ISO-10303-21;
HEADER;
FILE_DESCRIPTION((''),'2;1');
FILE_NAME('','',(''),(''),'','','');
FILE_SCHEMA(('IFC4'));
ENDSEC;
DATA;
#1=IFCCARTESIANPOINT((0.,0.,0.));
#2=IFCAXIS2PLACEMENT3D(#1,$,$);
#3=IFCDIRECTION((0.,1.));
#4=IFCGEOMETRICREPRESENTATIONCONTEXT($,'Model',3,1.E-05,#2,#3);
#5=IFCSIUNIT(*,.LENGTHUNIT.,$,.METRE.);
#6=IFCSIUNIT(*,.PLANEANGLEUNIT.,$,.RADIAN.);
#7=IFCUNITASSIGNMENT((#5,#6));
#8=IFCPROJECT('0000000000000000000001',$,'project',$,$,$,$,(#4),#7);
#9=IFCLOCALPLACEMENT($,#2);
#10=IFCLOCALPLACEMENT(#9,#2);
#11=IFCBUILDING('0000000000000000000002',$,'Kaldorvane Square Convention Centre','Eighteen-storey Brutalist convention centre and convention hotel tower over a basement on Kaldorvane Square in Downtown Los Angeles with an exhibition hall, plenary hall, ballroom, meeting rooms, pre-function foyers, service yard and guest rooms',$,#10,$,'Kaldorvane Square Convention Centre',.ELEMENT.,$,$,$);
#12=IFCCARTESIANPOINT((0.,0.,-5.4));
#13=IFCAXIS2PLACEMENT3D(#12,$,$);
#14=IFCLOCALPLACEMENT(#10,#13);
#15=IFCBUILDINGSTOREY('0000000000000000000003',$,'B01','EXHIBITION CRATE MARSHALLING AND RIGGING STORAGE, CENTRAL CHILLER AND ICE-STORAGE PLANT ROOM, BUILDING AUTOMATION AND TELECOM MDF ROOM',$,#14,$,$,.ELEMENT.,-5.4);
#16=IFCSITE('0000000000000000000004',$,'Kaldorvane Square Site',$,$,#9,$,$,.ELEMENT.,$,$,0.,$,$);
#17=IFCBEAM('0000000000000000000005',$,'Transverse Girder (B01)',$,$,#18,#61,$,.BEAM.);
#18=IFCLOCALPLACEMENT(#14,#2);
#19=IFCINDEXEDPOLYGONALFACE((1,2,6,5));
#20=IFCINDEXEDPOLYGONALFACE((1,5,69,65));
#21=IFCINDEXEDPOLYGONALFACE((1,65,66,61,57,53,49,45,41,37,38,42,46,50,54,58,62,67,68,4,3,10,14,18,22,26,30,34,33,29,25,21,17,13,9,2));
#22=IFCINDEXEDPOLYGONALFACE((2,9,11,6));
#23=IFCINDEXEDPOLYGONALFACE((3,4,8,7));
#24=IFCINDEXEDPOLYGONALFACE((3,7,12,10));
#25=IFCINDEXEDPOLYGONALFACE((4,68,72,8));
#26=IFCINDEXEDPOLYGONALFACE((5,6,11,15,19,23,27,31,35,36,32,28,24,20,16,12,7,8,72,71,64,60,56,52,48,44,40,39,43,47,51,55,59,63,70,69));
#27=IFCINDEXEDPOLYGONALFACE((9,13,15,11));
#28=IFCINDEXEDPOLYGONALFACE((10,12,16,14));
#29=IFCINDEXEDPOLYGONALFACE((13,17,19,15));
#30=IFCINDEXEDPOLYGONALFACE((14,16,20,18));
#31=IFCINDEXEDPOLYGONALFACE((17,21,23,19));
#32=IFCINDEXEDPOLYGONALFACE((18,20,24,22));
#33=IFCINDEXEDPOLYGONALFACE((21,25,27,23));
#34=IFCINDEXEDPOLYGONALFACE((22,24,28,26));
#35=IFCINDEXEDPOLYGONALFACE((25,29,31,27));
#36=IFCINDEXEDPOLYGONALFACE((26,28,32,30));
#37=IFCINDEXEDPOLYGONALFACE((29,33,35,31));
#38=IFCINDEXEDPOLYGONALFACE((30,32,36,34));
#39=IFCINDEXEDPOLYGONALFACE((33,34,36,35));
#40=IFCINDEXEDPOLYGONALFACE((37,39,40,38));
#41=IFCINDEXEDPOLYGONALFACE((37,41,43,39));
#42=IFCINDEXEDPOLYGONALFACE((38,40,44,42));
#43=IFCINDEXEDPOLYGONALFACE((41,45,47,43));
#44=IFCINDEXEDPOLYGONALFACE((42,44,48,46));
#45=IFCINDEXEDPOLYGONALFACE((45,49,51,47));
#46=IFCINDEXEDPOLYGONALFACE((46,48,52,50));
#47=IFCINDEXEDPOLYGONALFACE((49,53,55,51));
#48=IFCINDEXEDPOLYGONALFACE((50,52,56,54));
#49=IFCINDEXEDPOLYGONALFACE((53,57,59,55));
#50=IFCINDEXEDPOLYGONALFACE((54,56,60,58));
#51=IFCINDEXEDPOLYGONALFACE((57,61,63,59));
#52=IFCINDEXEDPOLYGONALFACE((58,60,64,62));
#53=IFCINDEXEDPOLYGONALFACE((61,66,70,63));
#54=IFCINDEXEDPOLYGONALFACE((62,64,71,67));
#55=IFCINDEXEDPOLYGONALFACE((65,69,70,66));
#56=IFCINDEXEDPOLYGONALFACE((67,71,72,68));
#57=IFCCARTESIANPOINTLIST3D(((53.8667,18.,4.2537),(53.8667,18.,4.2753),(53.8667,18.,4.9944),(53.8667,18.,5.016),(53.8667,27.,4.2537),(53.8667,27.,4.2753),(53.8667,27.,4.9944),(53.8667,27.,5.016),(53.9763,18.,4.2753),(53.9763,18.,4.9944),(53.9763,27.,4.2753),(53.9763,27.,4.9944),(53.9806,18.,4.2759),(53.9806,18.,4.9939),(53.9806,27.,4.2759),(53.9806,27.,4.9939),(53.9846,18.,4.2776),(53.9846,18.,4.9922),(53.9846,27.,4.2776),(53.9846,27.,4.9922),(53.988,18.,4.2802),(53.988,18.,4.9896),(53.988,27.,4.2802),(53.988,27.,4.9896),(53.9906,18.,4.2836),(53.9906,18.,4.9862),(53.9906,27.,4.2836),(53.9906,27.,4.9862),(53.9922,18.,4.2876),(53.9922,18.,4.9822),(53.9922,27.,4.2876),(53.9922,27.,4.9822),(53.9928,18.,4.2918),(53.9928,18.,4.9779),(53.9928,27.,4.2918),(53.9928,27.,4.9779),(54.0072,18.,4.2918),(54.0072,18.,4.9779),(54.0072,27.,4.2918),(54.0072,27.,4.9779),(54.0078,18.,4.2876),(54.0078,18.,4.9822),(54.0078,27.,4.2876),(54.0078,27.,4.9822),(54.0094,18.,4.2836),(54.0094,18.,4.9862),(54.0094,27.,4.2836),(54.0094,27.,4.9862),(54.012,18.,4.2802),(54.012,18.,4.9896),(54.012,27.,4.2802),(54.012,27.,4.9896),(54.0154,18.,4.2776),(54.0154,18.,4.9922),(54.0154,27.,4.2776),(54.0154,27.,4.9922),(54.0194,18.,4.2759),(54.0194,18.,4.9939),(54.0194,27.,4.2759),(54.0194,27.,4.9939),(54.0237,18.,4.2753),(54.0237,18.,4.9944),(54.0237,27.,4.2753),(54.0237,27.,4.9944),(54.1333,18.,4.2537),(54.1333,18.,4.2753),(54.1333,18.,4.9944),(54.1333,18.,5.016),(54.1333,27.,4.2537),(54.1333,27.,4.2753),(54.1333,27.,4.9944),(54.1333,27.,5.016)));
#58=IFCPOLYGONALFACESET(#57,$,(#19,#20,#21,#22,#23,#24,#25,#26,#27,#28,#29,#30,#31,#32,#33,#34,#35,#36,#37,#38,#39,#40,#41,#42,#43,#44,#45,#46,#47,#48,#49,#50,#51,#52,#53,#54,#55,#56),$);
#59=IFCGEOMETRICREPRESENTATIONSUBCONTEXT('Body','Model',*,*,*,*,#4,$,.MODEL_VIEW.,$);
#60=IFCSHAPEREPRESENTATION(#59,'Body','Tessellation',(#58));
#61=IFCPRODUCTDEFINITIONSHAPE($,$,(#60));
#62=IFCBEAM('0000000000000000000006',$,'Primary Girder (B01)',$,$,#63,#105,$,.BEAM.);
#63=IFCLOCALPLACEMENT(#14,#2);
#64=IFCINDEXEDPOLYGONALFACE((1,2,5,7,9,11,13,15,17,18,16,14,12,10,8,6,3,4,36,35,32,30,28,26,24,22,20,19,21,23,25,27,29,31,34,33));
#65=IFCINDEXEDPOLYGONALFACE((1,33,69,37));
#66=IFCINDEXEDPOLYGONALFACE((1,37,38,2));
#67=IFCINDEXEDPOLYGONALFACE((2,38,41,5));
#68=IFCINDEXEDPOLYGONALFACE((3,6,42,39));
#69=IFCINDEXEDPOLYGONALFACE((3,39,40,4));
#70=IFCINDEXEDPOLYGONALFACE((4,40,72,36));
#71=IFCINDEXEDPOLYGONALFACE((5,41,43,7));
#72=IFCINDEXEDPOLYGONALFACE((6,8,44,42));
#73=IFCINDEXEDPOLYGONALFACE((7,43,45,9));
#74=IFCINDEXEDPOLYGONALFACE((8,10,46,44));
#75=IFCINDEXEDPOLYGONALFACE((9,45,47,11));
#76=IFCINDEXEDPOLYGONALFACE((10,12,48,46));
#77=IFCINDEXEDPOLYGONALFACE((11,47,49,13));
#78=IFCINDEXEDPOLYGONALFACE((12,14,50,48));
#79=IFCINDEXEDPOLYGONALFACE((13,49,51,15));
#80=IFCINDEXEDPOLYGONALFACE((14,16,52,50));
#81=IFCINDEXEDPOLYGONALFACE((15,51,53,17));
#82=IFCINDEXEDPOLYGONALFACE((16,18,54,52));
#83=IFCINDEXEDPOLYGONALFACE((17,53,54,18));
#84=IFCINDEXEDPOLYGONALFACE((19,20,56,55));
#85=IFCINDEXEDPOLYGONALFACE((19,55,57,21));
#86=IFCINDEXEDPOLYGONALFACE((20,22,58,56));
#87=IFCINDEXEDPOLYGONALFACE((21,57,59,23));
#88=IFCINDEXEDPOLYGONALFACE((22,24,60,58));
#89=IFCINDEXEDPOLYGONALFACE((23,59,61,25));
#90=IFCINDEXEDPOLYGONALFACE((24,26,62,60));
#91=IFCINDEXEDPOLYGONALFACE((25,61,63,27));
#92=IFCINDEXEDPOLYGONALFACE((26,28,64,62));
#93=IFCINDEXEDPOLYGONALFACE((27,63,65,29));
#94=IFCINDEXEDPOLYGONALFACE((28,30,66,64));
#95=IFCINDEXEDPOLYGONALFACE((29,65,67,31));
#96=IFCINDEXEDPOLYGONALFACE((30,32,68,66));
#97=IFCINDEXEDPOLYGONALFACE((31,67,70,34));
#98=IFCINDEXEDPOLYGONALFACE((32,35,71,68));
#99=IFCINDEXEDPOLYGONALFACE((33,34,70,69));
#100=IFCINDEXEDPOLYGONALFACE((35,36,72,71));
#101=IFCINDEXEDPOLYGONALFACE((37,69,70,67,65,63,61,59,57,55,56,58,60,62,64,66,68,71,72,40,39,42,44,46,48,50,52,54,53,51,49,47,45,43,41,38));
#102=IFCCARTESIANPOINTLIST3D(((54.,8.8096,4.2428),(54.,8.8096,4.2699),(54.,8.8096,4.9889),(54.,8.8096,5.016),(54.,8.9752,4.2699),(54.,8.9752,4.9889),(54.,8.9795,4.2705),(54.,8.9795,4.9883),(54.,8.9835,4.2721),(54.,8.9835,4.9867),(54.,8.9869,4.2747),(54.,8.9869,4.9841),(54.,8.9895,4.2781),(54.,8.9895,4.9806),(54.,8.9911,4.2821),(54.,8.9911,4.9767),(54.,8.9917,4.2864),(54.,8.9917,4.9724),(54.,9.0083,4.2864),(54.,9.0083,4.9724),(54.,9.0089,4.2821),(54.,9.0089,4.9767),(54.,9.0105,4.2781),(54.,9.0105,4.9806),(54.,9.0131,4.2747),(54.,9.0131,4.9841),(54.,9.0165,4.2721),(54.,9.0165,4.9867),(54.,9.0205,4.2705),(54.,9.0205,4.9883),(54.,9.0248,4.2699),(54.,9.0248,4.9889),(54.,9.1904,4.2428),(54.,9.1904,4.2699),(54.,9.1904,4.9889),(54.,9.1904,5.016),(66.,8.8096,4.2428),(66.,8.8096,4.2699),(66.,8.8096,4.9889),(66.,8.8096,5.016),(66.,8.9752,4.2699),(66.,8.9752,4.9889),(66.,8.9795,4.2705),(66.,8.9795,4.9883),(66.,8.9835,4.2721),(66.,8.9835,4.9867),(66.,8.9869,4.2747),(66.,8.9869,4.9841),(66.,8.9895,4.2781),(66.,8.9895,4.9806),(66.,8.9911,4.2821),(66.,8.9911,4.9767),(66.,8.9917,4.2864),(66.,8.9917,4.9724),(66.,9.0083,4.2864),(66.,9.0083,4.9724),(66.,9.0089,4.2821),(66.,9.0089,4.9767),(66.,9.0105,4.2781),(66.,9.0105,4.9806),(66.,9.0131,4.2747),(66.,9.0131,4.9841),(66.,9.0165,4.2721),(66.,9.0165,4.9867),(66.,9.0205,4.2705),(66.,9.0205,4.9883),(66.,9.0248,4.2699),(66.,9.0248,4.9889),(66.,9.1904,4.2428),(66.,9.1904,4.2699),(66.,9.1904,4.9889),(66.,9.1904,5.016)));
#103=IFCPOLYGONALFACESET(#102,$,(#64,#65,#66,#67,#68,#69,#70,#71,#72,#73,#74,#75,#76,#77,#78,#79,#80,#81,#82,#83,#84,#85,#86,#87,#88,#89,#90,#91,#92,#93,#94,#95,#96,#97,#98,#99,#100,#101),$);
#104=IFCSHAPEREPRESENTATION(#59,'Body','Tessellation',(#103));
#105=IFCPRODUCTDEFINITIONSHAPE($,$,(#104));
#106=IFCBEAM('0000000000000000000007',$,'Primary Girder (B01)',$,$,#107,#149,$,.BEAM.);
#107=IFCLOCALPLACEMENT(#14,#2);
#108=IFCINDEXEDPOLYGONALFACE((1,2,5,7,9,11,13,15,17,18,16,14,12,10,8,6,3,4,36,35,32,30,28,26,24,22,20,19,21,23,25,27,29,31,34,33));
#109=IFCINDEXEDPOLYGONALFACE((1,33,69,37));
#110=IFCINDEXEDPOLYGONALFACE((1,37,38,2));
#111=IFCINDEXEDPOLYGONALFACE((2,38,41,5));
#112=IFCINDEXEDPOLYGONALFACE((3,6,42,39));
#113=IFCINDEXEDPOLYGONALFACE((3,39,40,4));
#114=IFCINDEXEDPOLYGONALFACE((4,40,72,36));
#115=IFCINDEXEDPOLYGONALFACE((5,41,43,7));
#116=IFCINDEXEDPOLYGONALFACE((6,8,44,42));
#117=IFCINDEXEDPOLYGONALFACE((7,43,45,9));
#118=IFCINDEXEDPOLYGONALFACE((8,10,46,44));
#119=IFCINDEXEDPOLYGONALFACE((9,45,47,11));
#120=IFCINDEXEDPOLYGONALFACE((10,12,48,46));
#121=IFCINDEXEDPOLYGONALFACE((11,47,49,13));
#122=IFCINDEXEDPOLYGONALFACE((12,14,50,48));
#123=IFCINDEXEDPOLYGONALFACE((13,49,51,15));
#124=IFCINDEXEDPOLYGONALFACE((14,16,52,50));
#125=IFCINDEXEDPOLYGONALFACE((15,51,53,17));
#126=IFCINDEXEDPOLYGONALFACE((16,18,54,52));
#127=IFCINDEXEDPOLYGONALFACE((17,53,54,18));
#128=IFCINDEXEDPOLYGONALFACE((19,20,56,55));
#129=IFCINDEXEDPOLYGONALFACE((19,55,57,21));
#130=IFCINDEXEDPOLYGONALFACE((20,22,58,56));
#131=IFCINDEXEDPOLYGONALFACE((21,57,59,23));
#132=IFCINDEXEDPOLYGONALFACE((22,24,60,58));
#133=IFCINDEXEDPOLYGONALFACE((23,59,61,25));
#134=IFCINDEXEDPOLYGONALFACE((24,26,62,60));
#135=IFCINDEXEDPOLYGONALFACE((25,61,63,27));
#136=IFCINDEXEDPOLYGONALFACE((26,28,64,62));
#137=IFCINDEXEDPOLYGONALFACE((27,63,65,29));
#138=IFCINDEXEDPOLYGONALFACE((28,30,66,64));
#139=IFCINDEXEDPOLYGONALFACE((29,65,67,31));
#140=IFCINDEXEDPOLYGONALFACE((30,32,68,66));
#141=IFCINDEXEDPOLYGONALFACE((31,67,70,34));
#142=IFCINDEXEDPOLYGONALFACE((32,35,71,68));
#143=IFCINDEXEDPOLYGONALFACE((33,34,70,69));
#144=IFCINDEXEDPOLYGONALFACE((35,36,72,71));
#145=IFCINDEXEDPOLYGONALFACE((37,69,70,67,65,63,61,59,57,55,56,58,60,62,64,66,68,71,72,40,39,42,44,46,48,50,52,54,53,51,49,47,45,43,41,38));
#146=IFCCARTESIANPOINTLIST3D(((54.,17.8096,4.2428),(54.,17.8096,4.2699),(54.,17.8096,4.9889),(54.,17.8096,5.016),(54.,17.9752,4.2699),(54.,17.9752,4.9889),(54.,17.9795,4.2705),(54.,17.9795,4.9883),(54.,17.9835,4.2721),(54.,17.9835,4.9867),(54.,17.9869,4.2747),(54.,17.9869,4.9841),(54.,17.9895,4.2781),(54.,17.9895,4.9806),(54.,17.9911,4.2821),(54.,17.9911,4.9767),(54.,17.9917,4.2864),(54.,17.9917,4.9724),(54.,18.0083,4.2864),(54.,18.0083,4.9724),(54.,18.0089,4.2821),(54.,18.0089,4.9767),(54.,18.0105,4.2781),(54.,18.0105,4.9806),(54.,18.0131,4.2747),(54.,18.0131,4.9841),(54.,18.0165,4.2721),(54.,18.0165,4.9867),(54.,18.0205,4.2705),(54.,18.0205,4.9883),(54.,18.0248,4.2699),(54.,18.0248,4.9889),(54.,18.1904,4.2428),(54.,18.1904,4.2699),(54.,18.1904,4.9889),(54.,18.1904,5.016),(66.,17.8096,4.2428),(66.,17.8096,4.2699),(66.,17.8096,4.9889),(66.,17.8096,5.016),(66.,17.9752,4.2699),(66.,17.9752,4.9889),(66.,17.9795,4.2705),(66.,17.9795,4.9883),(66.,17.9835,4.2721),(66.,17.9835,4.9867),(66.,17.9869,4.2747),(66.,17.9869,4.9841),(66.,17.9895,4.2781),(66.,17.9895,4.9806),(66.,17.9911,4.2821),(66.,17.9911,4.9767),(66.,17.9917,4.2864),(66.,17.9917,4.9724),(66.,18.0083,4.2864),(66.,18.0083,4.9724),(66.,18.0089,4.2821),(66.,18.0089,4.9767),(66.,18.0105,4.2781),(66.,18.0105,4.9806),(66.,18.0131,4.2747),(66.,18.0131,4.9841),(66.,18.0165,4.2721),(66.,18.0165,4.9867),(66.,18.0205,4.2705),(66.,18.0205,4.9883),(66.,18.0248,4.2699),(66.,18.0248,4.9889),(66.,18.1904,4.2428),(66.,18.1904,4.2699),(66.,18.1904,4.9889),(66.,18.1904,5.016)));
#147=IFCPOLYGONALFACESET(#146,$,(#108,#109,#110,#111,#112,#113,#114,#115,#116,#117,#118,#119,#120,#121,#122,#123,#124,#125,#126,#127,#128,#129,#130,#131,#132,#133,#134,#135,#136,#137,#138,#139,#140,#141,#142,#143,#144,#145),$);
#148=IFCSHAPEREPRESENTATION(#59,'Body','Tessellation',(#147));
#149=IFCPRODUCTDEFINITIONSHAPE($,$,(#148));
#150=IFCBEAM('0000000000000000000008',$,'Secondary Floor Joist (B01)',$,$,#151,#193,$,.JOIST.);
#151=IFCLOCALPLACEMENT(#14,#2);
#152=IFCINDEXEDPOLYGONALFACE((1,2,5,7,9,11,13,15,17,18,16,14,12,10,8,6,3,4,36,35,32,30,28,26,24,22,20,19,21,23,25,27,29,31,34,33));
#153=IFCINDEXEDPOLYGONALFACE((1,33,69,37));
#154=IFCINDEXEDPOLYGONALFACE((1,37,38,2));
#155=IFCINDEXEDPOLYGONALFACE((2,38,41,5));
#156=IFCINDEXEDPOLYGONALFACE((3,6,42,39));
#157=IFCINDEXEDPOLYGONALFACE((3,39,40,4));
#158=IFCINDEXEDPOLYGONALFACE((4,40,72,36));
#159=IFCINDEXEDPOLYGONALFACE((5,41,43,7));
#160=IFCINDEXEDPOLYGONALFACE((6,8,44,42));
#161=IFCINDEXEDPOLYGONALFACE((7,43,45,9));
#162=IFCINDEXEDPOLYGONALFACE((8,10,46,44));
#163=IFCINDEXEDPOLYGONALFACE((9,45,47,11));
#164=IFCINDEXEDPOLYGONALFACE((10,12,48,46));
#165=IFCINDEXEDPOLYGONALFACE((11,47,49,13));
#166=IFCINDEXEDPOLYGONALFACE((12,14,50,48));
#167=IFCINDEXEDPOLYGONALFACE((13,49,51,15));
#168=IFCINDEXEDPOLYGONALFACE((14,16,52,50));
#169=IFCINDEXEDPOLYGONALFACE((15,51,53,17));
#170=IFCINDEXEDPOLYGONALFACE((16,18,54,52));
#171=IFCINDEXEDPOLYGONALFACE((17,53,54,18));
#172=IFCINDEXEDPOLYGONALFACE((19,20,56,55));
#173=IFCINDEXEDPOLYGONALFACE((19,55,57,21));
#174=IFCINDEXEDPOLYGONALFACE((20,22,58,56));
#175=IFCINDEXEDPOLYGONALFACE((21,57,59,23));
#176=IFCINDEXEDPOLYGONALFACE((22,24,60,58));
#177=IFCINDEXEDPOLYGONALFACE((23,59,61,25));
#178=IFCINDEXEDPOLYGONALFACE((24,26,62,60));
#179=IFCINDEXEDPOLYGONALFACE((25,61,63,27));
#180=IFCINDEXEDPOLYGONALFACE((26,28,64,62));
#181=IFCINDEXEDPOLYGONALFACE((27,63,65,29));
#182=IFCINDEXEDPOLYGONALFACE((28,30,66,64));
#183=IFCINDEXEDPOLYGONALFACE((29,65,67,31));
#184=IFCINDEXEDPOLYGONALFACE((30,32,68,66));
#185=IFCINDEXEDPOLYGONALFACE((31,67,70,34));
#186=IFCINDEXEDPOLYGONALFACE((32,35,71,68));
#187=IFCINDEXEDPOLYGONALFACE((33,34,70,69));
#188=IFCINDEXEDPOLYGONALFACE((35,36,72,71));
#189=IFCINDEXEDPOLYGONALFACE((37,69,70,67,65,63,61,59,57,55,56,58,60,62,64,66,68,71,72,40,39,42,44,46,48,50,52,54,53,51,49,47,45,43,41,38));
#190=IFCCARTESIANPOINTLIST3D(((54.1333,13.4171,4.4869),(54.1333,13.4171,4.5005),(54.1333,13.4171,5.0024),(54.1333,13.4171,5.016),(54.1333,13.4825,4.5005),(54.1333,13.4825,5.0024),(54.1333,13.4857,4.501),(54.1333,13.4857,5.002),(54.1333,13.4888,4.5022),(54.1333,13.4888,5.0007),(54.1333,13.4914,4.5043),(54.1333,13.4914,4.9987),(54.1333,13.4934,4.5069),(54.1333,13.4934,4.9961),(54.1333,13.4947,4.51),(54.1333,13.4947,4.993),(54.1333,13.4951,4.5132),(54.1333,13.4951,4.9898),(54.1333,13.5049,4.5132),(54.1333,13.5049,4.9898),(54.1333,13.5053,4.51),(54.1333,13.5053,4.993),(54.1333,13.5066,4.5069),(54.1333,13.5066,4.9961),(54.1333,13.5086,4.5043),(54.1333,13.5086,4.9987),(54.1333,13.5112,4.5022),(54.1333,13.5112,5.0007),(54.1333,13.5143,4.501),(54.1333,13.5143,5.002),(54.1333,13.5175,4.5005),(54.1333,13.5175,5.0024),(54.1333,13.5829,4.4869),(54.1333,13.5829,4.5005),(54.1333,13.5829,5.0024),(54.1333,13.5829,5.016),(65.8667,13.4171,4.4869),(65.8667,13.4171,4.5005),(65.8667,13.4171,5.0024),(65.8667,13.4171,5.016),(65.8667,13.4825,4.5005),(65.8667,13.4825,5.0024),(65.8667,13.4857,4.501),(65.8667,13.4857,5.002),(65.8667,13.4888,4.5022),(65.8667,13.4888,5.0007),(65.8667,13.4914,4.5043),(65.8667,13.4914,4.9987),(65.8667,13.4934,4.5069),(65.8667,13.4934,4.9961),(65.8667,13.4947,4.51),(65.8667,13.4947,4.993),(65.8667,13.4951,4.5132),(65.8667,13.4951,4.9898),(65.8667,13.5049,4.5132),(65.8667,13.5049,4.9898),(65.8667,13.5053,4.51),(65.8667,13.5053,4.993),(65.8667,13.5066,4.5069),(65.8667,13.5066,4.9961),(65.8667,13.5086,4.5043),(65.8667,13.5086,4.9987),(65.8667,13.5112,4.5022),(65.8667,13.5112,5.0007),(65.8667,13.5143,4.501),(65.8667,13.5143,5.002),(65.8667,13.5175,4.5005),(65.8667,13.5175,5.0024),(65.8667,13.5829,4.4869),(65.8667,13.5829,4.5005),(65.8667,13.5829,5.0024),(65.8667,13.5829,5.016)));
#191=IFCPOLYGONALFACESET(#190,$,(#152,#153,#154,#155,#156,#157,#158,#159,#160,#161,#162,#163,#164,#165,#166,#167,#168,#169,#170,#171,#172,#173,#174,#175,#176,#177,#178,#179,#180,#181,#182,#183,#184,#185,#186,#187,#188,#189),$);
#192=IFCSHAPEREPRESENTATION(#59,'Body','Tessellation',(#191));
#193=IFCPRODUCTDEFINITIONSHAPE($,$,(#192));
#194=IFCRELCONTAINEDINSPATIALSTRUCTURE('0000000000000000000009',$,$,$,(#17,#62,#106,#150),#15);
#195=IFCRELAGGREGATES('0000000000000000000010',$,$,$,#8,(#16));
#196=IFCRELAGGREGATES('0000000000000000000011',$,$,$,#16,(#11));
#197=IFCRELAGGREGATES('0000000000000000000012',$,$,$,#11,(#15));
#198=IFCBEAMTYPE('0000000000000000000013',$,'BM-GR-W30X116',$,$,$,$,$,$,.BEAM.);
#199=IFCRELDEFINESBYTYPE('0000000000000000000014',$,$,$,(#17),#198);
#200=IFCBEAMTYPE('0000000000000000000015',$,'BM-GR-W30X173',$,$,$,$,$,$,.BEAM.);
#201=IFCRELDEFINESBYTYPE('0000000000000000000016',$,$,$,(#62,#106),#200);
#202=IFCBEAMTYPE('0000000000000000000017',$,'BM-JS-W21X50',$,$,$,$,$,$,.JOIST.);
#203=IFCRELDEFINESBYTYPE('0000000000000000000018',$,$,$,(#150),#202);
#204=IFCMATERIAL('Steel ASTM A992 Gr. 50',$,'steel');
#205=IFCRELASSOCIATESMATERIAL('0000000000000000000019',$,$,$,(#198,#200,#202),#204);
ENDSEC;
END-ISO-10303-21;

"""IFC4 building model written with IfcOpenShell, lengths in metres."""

from ifc_helpers import new_model, si_unit, direction, frame, origin, origin_2d, place, context, subcontext, project, spatial, i_section, extrude, material, material_profile, profile_set, type_object, element, save


model = new_model("IFC4")

# Units and contexts
model_context = context("Model", 3, precision=1e-05, world=origin(), true_north=direction((0.0, 1.0)))
body_context = subcontext(model_context, "Body", "Model", "MODEL_VIEW")
ifc_project = project(units=[si_unit("LENGTHUNIT", "METRE"), si_unit("PLANEANGLEUNIT", "RADIAN")], contexts=[model_context])

# Site, building, storey
site_placement = place(None, origin())
site = spatial("IfcSite", under=ifc_project, at=site_placement, Name="Kaldorvane Square Site", CompositionType="ELEMENT", RefElevation=0.0)
building_placement = place(site_placement, origin())
building = spatial("IfcBuilding", under=site, at=building_placement, Name="Kaldorvane Square Convention Centre", Description="Eighteen-storey Brutalist convention centre and convention hotel tower over a basement on Kaldorvane Square in Downtown Los Angeles with an exhibition hall, plenary hall, ballroom, meeting rooms, pre-function foyers, service yard and guest rooms", LongName="Kaldorvane Square Convention Centre", CompositionType="ELEMENT")
storey_placement = place(building_placement, frame((0.0, 0.0, -5.4)))
storey = spatial("IfcBuildingStorey", under=building, at=storey_placement, Name="B01", Description="EXHIBITION CRATE MARSHALLING AND RIGGING STORAGE, CENTRAL CHILLER AND ICE-STORAGE PLANT ROOM, BUILDING AUTOMATION AND TELECOM MDF ROOM", CompositionType="ELEMENT", Elevation=-5.4)

# Shared definitions
ifc_material_1 = material(Name="Steel ASTM A992 Gr. 50", Category="steel")

# Beams
ifc_material_profile_1 = material_profile(ifc_material_1, i_section(OverallWidth=0.2666, OverallDepth=0.7623, WebThickness=0.0144, FlangeThickness=0.0216, FilletRadius=0.0165, at=origin_2d()), Name="W30X116")
ifc_profile_set_1 = profile_set([ifc_material_profile_1], Name="Steel ASTM A992 Gr. 50")
beam_type_1 = type_object("IfcBeamType", Name="BM-GR-W30X116", PredefinedType="BEAM", material=ifc_profile_set_1)
for number, where, z_axis, x_axis, name in (
    (1, (54.0, 18.0, 4.6349), (0.0, 1.0, 0.0), (-1.0, 0.0, 0.0), "Transverse Girder (B01)"),
):
    element("IfcBeam", number, at=place(storey_placement, frame(where, z_axis=z_axis, x_axis=x_axis)), inside=storey, type_object=beam_type_1, Name=name, PredefinedType="BEAM", context=body_context, shape_type="SweptSolid", body=[
        extrude(i_section(OverallWidth=0.2666, OverallDepth=0.7623, WebThickness=0.0144, FlangeThickness=0.0216, FilletRadius=0.0165, at=origin_2d()), origin(), (0.0, 0.0, 1.0), 9.0),
    ])
ifc_material_profile_2 = material_profile(ifc_material_1, i_section(OverallWidth=0.3807, OverallDepth=0.7732, WebThickness=0.0166, FlangeThickness=0.0271, FilletRadius=0.0165, at=origin_2d()), Name="W30X173")
ifc_profile_set_2 = profile_set([ifc_material_profile_2], Name="Steel ASTM A992 Gr. 50")
beam_type_2 = type_object("IfcBeamType", Name="BM-GR-W30X173", PredefinedType="BEAM", material=ifc_profile_set_2)
for number, where, z_axis, x_axis, name in (
    (2, (54.0, 9.0, 4.6294), (1.0, 0.0, 0.0), (0.0, 1.0, 0.0), "Primary Girder (B01)"),
    (3, (54.0, 18.0, 4.6294), (1.0, 0.0, 0.0), (0.0, 1.0, 0.0), "Primary Girder (B01)"),
):
    element("IfcBeam", number, at=place(storey_placement, frame(where, z_axis=z_axis, x_axis=x_axis)), inside=storey, type_object=beam_type_2, Name=name, PredefinedType="BEAM", context=body_context, shape_type="SweptSolid", body=[
        extrude(i_section(OverallWidth=0.3807, OverallDepth=0.7732, WebThickness=0.0166, FlangeThickness=0.0271, FilletRadius=0.0165, at=origin_2d()), origin(), (0.0, 0.0, 1.0), 12.0),
    ])
ifc_material_profile_3 = material_profile(ifc_material_1, i_section(OverallWidth=0.1659, OverallDepth=0.5291, WebThickness=0.0097, FlangeThickness=0.0136, FilletRadius=0.0127, at=origin_2d()), Name="W21X50")
ifc_profile_set_3 = profile_set([ifc_material_profile_3], Name="Steel ASTM A992 Gr. 50")
beam_type_3 = type_object("IfcBeamType", Name="BM-JS-W21X50", PredefinedType="JOIST", material=ifc_profile_set_3)
beam_placement = place(storey_placement, frame((54.1333, 13.5, 4.7515), z_axis=(1.0, 0.0, 0.0), x_axis=(0.0, 1.0, 0.0)))
element("IfcBeam", 4, at=beam_placement, inside=storey, type_object=beam_type_3, Name="Secondary Floor Joist (B01)", PredefinedType="JOIST", context=body_context, shape_type="SweptSolid", body=[
    extrude(i_section(OverallWidth=0.1659, OverallDepth=0.5291, WebThickness=0.0097, FlangeThickness=0.0136, FilletRadius=0.0127, at=origin_2d()), origin(), (0.0, 0.0, 1.0), 11.7334),
])

save(model, "model.ifc")
